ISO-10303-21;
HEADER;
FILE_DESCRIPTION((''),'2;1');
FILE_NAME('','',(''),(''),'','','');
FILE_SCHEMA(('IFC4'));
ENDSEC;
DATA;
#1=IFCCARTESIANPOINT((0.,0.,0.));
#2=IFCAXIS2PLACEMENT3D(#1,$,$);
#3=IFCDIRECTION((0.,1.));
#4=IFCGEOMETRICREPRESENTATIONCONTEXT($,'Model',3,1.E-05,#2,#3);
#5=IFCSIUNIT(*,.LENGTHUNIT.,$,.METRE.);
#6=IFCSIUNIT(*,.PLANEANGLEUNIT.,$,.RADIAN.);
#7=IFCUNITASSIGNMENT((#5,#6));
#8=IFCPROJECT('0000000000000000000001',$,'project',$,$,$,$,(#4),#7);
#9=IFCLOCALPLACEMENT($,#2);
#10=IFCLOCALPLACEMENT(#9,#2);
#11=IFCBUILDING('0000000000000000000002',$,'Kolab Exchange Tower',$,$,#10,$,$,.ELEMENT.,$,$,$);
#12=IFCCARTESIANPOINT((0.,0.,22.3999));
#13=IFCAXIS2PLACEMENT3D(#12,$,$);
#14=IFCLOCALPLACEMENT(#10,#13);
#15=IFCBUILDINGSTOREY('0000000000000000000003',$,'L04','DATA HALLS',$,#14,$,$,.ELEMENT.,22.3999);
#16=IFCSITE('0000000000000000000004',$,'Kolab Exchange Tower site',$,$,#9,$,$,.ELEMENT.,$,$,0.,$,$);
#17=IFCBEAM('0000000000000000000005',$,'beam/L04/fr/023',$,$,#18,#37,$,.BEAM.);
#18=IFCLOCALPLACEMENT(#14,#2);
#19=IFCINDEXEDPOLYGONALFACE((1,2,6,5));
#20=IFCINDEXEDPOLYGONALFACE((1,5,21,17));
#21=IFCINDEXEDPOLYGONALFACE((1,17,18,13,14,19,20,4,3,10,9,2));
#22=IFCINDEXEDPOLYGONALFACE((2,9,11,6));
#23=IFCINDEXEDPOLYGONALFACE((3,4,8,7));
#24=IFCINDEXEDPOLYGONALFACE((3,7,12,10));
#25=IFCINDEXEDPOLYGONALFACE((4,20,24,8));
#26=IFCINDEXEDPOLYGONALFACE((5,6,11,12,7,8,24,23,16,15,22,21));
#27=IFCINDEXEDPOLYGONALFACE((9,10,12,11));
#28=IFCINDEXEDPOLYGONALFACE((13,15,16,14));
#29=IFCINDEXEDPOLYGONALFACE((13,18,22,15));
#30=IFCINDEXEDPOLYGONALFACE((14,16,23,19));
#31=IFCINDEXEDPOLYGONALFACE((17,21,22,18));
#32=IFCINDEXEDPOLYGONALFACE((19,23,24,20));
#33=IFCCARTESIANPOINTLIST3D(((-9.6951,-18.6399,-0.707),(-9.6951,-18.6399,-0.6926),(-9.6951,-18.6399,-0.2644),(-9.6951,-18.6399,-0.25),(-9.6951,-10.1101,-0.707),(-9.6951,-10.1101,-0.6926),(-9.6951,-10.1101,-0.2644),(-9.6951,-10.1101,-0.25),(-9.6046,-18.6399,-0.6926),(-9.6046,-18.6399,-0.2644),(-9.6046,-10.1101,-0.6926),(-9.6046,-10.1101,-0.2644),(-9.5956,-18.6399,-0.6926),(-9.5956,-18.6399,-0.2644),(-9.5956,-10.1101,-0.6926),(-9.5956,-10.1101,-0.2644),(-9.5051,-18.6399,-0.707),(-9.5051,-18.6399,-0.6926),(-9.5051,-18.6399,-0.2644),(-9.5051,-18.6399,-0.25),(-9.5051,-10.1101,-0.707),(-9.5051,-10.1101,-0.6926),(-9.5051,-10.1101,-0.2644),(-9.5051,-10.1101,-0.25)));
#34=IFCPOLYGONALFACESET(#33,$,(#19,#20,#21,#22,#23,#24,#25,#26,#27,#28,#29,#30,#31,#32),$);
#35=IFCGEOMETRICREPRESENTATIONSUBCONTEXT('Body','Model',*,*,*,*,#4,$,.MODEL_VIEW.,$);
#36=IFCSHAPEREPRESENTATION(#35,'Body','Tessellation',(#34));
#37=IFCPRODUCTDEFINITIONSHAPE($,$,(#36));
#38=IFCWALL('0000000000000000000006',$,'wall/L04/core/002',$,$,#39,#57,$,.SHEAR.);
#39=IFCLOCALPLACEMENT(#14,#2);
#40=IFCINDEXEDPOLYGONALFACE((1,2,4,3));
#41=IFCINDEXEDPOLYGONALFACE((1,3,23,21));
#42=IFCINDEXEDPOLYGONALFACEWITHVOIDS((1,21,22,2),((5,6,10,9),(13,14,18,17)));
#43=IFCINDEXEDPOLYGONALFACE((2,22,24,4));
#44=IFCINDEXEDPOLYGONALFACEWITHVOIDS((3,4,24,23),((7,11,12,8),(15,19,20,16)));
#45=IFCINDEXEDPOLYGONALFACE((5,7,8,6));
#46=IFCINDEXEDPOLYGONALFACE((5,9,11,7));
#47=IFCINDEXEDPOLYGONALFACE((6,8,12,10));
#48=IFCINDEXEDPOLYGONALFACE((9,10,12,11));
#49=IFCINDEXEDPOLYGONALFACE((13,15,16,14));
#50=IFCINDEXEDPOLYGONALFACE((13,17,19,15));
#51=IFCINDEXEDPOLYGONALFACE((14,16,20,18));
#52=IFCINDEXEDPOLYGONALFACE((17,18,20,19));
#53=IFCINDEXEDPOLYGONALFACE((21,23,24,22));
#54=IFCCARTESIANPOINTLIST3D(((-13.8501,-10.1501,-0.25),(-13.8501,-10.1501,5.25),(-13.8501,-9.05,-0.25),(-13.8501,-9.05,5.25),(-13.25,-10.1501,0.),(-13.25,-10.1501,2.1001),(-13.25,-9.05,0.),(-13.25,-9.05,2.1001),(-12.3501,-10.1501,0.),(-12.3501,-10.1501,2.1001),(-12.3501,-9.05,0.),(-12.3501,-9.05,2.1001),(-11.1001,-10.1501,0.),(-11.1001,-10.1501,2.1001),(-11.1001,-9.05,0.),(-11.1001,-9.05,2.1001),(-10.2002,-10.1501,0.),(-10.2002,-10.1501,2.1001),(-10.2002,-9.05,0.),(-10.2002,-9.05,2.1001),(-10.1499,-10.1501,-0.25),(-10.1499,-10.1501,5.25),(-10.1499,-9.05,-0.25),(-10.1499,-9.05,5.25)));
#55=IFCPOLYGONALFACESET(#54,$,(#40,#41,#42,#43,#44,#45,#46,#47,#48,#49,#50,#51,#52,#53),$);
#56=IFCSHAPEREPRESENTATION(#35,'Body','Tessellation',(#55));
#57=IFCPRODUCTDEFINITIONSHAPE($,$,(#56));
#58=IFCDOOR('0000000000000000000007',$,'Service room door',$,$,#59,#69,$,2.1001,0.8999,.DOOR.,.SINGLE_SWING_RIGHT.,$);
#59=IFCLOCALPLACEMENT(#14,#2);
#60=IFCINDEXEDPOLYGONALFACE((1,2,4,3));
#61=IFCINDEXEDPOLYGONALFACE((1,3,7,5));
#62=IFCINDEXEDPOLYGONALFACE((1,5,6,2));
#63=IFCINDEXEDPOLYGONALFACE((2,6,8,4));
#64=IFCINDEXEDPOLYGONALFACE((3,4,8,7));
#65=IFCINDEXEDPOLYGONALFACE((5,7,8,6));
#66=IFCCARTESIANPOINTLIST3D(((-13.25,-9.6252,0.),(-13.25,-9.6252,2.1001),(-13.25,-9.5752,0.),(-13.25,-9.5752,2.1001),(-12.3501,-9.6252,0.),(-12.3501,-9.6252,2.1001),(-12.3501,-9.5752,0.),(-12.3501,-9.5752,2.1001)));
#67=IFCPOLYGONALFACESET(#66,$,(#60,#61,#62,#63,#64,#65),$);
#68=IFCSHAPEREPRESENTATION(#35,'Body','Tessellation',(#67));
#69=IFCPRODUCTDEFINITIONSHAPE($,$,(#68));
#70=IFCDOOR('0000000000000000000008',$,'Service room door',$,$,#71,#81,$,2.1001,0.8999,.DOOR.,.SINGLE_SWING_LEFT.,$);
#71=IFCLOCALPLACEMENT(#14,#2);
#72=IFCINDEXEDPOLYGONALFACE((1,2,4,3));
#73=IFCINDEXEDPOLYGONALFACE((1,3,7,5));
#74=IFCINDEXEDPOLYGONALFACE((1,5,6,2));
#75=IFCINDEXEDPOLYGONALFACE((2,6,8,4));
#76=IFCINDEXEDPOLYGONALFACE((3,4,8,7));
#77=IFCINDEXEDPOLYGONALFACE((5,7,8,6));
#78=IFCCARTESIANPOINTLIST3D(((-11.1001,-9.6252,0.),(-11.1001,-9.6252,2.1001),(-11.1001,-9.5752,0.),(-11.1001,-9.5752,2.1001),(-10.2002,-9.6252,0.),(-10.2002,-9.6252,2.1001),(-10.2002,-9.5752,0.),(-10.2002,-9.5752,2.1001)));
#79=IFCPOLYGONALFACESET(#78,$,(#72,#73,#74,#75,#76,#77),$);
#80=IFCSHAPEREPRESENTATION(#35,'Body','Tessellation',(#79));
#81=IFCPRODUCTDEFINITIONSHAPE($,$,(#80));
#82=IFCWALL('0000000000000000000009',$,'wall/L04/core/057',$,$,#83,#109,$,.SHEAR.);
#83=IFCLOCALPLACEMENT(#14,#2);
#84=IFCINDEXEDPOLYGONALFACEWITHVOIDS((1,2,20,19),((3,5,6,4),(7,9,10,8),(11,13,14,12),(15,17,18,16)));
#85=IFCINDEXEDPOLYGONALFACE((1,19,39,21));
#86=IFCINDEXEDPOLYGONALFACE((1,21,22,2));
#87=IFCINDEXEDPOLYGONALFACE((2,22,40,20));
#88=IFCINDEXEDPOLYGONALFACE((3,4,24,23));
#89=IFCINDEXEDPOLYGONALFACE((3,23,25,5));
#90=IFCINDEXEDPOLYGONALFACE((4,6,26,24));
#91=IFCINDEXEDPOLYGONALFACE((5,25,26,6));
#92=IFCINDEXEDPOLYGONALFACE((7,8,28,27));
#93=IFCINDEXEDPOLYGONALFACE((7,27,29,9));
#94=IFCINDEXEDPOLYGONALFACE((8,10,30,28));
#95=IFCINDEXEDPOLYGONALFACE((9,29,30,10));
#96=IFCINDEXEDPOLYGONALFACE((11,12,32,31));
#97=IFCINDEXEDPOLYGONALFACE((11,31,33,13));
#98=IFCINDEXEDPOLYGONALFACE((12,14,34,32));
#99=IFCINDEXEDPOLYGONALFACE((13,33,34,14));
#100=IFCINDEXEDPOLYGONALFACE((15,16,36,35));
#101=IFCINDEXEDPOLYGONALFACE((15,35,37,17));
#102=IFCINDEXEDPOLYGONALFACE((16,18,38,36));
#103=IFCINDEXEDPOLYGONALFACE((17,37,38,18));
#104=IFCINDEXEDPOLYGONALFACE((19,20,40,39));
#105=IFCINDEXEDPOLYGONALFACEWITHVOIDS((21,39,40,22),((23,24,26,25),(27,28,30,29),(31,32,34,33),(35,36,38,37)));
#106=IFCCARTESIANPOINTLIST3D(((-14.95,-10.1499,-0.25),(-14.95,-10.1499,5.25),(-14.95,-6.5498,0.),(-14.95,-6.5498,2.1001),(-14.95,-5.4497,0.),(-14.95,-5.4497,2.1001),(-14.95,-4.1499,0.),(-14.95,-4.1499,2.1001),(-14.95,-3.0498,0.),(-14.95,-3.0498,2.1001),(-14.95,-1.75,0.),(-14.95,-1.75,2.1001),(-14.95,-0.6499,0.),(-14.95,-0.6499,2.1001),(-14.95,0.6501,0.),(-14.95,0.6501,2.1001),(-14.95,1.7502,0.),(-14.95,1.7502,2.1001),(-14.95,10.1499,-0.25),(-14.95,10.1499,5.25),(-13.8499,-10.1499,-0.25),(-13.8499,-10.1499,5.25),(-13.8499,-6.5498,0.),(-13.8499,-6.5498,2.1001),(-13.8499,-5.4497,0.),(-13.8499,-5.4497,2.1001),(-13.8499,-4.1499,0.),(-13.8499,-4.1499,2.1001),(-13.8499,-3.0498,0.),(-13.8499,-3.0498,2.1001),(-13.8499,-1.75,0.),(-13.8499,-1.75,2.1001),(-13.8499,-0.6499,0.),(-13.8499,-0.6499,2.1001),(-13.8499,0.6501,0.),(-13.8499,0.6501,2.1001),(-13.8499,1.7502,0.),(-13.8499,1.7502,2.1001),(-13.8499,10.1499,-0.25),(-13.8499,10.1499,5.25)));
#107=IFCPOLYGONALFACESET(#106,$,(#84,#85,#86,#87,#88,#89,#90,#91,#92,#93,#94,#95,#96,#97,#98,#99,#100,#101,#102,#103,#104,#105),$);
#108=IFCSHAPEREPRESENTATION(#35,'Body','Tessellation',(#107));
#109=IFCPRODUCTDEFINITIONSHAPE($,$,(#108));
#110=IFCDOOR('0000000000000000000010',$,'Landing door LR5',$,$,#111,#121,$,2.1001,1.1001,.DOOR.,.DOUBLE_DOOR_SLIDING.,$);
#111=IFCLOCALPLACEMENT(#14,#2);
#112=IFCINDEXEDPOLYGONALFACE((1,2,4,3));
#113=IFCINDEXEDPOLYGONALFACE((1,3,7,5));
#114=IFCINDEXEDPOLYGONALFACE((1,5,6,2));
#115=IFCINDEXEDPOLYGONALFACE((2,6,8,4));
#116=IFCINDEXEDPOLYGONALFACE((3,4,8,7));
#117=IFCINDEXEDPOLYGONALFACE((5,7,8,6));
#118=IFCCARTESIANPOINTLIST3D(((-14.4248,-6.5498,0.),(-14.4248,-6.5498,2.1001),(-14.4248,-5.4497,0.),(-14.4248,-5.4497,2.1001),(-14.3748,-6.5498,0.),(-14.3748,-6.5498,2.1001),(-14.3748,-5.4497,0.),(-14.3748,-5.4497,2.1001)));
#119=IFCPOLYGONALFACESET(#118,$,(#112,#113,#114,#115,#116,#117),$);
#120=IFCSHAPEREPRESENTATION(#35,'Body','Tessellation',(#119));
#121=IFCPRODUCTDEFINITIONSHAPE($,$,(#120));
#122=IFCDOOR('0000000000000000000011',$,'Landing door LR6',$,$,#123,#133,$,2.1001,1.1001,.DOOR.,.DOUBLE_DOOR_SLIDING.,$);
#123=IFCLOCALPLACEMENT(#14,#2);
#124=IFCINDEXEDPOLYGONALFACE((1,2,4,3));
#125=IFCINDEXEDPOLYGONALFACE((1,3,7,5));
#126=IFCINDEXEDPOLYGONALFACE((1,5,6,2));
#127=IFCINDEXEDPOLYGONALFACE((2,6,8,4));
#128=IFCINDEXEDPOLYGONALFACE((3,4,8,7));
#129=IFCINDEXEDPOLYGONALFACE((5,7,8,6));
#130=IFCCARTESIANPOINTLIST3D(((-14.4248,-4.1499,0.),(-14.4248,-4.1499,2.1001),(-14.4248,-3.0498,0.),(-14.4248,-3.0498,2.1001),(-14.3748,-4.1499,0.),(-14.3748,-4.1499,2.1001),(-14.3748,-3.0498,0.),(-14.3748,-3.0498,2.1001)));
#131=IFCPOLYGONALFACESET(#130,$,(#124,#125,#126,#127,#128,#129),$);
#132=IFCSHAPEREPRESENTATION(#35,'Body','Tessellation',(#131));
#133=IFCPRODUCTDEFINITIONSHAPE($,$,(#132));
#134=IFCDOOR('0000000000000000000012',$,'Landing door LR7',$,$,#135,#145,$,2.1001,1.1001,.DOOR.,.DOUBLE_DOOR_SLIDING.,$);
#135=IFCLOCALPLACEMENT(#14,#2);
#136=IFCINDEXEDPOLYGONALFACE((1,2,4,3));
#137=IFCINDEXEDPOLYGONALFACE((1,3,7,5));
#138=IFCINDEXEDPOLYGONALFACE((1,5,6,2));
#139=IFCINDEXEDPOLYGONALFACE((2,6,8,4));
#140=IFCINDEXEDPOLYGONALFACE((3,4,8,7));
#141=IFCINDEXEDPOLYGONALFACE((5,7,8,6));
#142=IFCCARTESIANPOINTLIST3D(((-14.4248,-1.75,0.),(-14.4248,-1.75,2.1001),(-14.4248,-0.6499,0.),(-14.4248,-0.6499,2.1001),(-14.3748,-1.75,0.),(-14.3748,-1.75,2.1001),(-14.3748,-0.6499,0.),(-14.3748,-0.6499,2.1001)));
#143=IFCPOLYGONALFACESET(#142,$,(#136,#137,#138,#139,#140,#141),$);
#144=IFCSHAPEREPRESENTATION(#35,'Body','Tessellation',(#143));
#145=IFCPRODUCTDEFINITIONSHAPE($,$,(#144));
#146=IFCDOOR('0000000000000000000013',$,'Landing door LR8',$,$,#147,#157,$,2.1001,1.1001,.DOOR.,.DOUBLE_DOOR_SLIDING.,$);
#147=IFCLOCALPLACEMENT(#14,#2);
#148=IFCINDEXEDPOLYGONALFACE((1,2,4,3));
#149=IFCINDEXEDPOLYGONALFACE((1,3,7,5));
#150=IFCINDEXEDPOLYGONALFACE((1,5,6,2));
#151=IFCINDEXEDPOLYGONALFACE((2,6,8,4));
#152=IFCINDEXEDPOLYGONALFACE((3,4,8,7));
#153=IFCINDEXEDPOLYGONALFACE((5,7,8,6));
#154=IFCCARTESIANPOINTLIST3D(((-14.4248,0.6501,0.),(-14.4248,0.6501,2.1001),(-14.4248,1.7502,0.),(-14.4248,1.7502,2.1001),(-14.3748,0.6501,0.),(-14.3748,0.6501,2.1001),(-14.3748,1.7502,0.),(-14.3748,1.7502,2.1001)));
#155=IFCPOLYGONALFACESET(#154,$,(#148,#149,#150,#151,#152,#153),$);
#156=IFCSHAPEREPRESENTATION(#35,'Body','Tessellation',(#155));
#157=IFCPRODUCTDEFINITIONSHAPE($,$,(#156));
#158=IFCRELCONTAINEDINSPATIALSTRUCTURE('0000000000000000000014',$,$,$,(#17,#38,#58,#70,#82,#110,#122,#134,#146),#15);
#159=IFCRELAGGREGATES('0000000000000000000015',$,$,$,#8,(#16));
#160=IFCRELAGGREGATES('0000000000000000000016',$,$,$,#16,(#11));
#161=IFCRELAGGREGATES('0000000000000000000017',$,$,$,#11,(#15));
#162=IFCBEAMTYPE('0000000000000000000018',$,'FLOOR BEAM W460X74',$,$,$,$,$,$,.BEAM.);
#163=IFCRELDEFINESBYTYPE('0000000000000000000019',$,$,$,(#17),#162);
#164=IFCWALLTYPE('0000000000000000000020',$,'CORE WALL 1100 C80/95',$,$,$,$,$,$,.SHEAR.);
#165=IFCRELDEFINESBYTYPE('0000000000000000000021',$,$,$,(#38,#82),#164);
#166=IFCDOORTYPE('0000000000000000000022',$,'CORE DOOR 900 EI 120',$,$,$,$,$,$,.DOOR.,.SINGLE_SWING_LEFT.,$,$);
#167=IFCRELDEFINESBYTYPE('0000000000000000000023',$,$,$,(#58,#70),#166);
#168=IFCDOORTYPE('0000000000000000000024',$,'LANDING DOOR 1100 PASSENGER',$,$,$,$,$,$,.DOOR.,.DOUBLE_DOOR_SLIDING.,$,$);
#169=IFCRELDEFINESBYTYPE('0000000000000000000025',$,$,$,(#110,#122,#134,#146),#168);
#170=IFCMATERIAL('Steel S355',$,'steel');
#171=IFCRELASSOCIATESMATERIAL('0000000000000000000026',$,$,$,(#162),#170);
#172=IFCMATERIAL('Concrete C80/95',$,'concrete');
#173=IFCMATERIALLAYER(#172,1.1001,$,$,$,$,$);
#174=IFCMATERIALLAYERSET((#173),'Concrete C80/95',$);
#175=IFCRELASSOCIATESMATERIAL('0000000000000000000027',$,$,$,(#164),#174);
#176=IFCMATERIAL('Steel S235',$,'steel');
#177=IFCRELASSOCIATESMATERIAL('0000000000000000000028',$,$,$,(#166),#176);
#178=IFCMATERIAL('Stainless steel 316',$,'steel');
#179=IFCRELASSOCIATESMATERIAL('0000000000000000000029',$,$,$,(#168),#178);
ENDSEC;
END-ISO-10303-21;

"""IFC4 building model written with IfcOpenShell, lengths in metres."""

from ifc_helpers import new_model, si_unit, direction, frame, frame_2d, origin, origin_2d, place, context, subcontext, project, spatial, rectangle, i_section, extrude, material, layer, layer_set, material_profile, profile_set, type_object, element, fill, save


model = new_model("IFC4")

# Units and contexts
model_context = context("Model", 3, precision=1e-05, world=origin(), true_north=direction((0.0, 1.0)))
body_context = subcontext(model_context, "Body", "Model", "MODEL_VIEW")
ifc_project = project(units=[si_unit("LENGTHUNIT", "METRE"), si_unit("PLANEANGLEUNIT", "RADIAN")], contexts=[model_context])

# Site, building, storey
site_placement = place(None, origin())
site = spatial("IfcSite", under=ifc_project, at=site_placement, Name="Kolab Exchange Tower site", CompositionType="ELEMENT", RefElevation=0.0)
building_placement = place(site_placement, origin())
building = spatial("IfcBuilding", under=site, at=building_placement, Name="Kolab Exchange Tower", CompositionType="ELEMENT")
storey_placement = place(building_placement, frame((0.0, 0.0, 22.3999)))
storey = spatial("IfcBuildingStorey", under=building, at=storey_placement, Name="L04", Description="DATA HALLS", CompositionType="ELEMENT", Elevation=22.3999)

# Beam
ifc_material_1 = material(Name="Steel S355", Category="steel")
ifc_material_profile = material_profile(ifc_material_1, i_section(OverallWidth=0.1899, OverallDepth=0.457, WebThickness=0.009, FlangeThickness=0.0144, at=origin_2d()), Name="W460X74")
ifc_profile_set = profile_set([ifc_material_profile], Name="Steel S355")
beam_type = type_object("IfcBeamType", Name="FLOOR BEAM W460X74", PredefinedType="BEAM", material=ifc_profile_set)
beam_placement = place(storey_placement, frame((-9.6001, -18.6399, -0.4785), z_axis=(0.0, 1.0, 0.0), x_axis=(-1.0, 0.0, 0.0)))
element("IfcBeam", 1, at=beam_placement, inside=storey, type_object=beam_type, Name="beam/L04/fr/023", PredefinedType="BEAM", context=body_context, shape_type="SweptSolid", body=[
    extrude(i_section(OverallWidth=0.1899, OverallDepth=0.457, WebThickness=0.009, FlangeThickness=0.0144, at=origin_2d()), origin(), (0.0, 0.0, 1.0), 8.5298),
])

# Walls, openings, doors
ifc_material_2 = material(Name="Concrete C80/95", Category="concrete")
ifc_layer_1 = layer(ifc_material_2, 1.1001)
ifc_layer_set_1 = layer_set([ifc_layer_1], Name="Concrete C80/95")
wall_type_1 = type_object("IfcWallType", Name="CORE WALL 1100 C80/95", PredefinedType="SHEAR", material=ifc_layer_set_1)
wall_1_placement = place(storey_placement, frame((-13.8501, -9.6001, -0.25), z_axis=(0.0, 0.0, 1.0), x_axis=(1.0, 0.0, 0.0)))
wall_1 = element("IfcWall", 2, at=wall_1_placement, inside=storey, type_object=wall_type_1, Name="wall/L04/core/002", PredefinedType="SHEAR", context=body_context, shape_type="SweptSolid", body=[
    extrude(rectangle(XDim=3.7002, YDim=1.1001, at=frame_2d((1.8501, 0.0))), origin(), (0.0, 0.0, 1.0), 5.5),
])
opening_1_placement = place(wall_1_placement, frame((0.6001, 0.0, 0.25)))
opening_1 = element("IfcOpeningElement", 3, at=opening_1_placement, cuts=wall_1, PredefinedType="OPENING", context=body_context, shape_type="SweptSolid", body=[
    extrude(rectangle(XDim=0.8999, YDim=2.1001, at=frame_2d((0.45, 1.05))), frame((0.0, 0.5601, 0.0), z_axis=(0.0, -1.0, 0.0), x_axis=(1.0, 0.0, 0.0)), (0.0, 0.0, 1.0), 1.1201),
])
opening_2_placement = place(wall_1_placement, frame((2.75, 0.0, 0.25)))
opening_2 = element("IfcOpeningElement", 4, at=opening_2_placement, cuts=wall_1, PredefinedType="OPENING", context=body_context, shape_type="SweptSolid", body=[
    extrude(rectangle(XDim=0.8999, YDim=2.1001, at=frame_2d((0.45, 1.05))), frame((0.0, 0.5601, 0.0), z_axis=(0.0, -1.0, 0.0), x_axis=(1.0, 0.0, 0.0)), (0.0, 0.0, 1.0), 1.1201),
])
ifc_material_3 = material(Name="Steel S235", Category="steel")
door_type_1 = type_object("IfcDoorType", Name="CORE DOOR 900 EI 120", OperationType="SINGLE_SWING_LEFT", PredefinedType="DOOR", material=ifc_material_3)
door_1_placement = place(opening_1_placement, origin())
door_1 = element("IfcDoor", 5, at=door_1_placement, inside=storey, type_object=door_type_1, Name="Service room door", OperationType="SINGLE_SWING_RIGHT", OverallHeight=2.1001, OverallWidth=0.8999, PredefinedType="DOOR", context=body_context, shape_type="SweptSolid", body=[
    extrude(rectangle(XDim=0.8999, YDim=2.1001, at=frame_2d((0.45, 1.05))), frame((0.0, 0.0249, 0.0), z_axis=(0.0, -1.0, 0.0), x_axis=(1.0, 0.0, 0.0)), (0.0, 0.0, 1.0), 0.05),
])
fill(opening_1, door_1)
door_2_placement = place(opening_2_placement, origin())
door_2 = element("IfcDoor", 6, at=door_2_placement, inside=storey, type_object=door_type_1, Name="Service room door", OperationType="SINGLE_SWING_LEFT", OverallHeight=2.1001, OverallWidth=0.8999, PredefinedType="DOOR", context=body_context, shape_type="SweptSolid", body=[
    extrude(rectangle(XDim=0.8999, YDim=2.1001, at=frame_2d((0.45, 1.05))), frame((0.0, 0.0249, 0.0), z_axis=(0.0, -1.0, 0.0), x_axis=(1.0, 0.0, 0.0)), (0.0, 0.0, 1.0), 0.05),
])
fill(opening_2, door_2)
wall_2_placement = place(storey_placement, frame((-14.3999, -10.1499, -0.25), z_axis=(0.0, 0.0, 1.0), x_axis=(0.0, 1.0, 0.0)))
wall_2 = element("IfcWall", 7, at=wall_2_placement, inside=storey, type_object=wall_type_1, Name="wall/L04/core/057", PredefinedType="SHEAR", context=body_context, shape_type="SweptSolid", body=[
    extrude(rectangle(XDim=20.2998, YDim=1.1001, at=frame_2d((10.1499, 0.0))), origin(), (0.0, 0.0, 1.0), 5.5),
])
opening_3_placement = place(wall_2_placement, frame((3.6001, 0.0, 0.25)))
opening_3 = element("IfcOpeningElement", 8, at=opening_3_placement, cuts=wall_2, PredefinedType="OPENING", context=body_context, shape_type="SweptSolid", body=[
    extrude(rectangle(XDim=1.1001, YDim=2.1001, at=frame_2d((0.55, 1.05))), frame((0.0, 0.5601, 0.0), z_axis=(0.0, -1.0, 0.0), x_axis=(1.0, 0.0, 0.0)), (0.0, 0.0, 1.0), 1.1201),
])
opening_4_placement = place(wall_2_placement, frame((6.0, 0.0, 0.25)))
opening_4 = element("IfcOpeningElement", 9, at=opening_4_placement, cuts=wall_2, PredefinedType="OPENING", context=body_context, shape_type="SweptSolid", body=[
    extrude(rectangle(XDim=1.1001, YDim=2.1001, at=frame_2d((0.55, 1.05))), frame((0.0, 0.5601, 0.0), z_axis=(0.0, -1.0, 0.0), x_axis=(1.0, 0.0, 0.0)), (0.0, 0.0, 1.0), 1.1201),
])
opening_5_placement = place(wall_2_placement, frame((8.3999, 0.0, 0.25)))
opening_5 = element("IfcOpeningElement", 10, at=opening_5_placement, cuts=wall_2, PredefinedType="OPENING", context=body_context, shape_type="SweptSolid", body=[
    extrude(rectangle(XDim=1.1001, YDim=2.1001, at=frame_2d((0.55, 1.05))), frame((0.0, 0.5601, 0.0), z_axis=(0.0, -1.0, 0.0), x_axis=(1.0, 0.0, 0.0)), (0.0, 0.0, 1.0), 1.1201),
])
opening_6_placement = place(wall_2_placement, frame((10.8, 0.0, 0.25)))
opening_6 = element("IfcOpeningElement", 11, at=opening_6_placement, cuts=wall_2, PredefinedType="OPENING", context=body_context, shape_type="SweptSolid", body=[
    extrude(rectangle(XDim=1.1001, YDim=2.1001, at=frame_2d((0.55, 1.05))), frame((0.0, 0.5601, 0.0), z_axis=(0.0, -1.0, 0.0), x_axis=(1.0, 0.0, 0.0)), (0.0, 0.0, 1.0), 1.1201),
])
ifc_material_4 = material(Name="Stainless steel 316", Category="steel")
door_type_2 = type_object("IfcDoorType", Name="LANDING DOOR 1100 PASSENGER", OperationType="DOUBLE_DOOR_SLIDING", PredefinedType="DOOR", material=ifc_material_4)
door_3_placement = place(opening_3_placement, origin())
door_3 = element("IfcDoor", 12, at=door_3_placement, inside=storey, type_object=door_type_2, Name="Landing door LR5", OperationType="DOUBLE_DOOR_SLIDING", OverallHeight=2.1001, OverallWidth=1.1001, PredefinedType="DOOR", context=body_context, shape_type="SweptSolid", body=[
    extrude(rectangle(XDim=1.1001, YDim=2.1001, at=frame_2d((0.55, 1.05))), frame((0.0, 0.0249, 0.0), z_axis=(0.0, -1.0, 0.0), x_axis=(1.0, 0.0, 0.0)), (0.0, 0.0, 1.0), 0.05),
])
fill(opening_3, door_3)
door_4_placement = place(opening_4_placement, origin())
door_4 = element("IfcDoor", 13, at=door_4_placement, inside=storey, type_object=door_type_2, Name="Landing door LR6", OperationType="DOUBLE_DOOR_SLIDING", OverallHeight=2.1001, OverallWidth=1.1001, PredefinedType="DOOR", context=body_context, shape_type="SweptSolid", body=[
    extrude(rectangle(XDim=1.1001, YDim=2.1001, at=frame_2d((0.55, 1.05))), frame((0.0, 0.0249, 0.0), z_axis=(0.0, -1.0, 0.0), x_axis=(1.0, 0.0, 0.0)), (0.0, 0.0, 1.0), 0.05),
])
fill(opening_4, door_4)
door_5_placement = place(opening_5_placement, origin())
door_5 = element("IfcDoor", 14, at=door_5_placement, inside=storey, type_object=door_type_2, Name="Landing door LR7", OperationType="DOUBLE_DOOR_SLIDING", OverallHeight=2.1001, OverallWidth=1.1001, PredefinedType="DOOR", context=body_context, shape_type="SweptSolid", body=[
    extrude(rectangle(XDim=1.1001, YDim=2.1001, at=frame_2d((0.55, 1.05))), frame((0.0, 0.0249, 0.0), z_axis=(0.0, -1.0, 0.0), x_axis=(1.0, 0.0, 0.0)), (0.0, 0.0, 1.0), 0.05),
])
fill(opening_5, door_5)
door_6_placement = place(opening_6_placement, origin())
door_6 = element("IfcDoor", 15, at=door_6_placement, inside=storey, type_object=door_type_2, Name="Landing door LR8", OperationType="DOUBLE_DOOR_SLIDING", OverallHeight=2.1001, OverallWidth=1.1001, PredefinedType="DOOR", context=body_context, shape_type="SweptSolid", body=[
    extrude(rectangle(XDim=1.1001, YDim=2.1001, at=frame_2d((0.55, 1.05))), frame((0.0, 0.0249, 0.0), z_axis=(0.0, -1.0, 0.0), x_axis=(1.0, 0.0, 0.0)), (0.0, 0.0, 1.0), 0.05),
])
fill(opening_6, door_6)

save(model, "model.ifc")
